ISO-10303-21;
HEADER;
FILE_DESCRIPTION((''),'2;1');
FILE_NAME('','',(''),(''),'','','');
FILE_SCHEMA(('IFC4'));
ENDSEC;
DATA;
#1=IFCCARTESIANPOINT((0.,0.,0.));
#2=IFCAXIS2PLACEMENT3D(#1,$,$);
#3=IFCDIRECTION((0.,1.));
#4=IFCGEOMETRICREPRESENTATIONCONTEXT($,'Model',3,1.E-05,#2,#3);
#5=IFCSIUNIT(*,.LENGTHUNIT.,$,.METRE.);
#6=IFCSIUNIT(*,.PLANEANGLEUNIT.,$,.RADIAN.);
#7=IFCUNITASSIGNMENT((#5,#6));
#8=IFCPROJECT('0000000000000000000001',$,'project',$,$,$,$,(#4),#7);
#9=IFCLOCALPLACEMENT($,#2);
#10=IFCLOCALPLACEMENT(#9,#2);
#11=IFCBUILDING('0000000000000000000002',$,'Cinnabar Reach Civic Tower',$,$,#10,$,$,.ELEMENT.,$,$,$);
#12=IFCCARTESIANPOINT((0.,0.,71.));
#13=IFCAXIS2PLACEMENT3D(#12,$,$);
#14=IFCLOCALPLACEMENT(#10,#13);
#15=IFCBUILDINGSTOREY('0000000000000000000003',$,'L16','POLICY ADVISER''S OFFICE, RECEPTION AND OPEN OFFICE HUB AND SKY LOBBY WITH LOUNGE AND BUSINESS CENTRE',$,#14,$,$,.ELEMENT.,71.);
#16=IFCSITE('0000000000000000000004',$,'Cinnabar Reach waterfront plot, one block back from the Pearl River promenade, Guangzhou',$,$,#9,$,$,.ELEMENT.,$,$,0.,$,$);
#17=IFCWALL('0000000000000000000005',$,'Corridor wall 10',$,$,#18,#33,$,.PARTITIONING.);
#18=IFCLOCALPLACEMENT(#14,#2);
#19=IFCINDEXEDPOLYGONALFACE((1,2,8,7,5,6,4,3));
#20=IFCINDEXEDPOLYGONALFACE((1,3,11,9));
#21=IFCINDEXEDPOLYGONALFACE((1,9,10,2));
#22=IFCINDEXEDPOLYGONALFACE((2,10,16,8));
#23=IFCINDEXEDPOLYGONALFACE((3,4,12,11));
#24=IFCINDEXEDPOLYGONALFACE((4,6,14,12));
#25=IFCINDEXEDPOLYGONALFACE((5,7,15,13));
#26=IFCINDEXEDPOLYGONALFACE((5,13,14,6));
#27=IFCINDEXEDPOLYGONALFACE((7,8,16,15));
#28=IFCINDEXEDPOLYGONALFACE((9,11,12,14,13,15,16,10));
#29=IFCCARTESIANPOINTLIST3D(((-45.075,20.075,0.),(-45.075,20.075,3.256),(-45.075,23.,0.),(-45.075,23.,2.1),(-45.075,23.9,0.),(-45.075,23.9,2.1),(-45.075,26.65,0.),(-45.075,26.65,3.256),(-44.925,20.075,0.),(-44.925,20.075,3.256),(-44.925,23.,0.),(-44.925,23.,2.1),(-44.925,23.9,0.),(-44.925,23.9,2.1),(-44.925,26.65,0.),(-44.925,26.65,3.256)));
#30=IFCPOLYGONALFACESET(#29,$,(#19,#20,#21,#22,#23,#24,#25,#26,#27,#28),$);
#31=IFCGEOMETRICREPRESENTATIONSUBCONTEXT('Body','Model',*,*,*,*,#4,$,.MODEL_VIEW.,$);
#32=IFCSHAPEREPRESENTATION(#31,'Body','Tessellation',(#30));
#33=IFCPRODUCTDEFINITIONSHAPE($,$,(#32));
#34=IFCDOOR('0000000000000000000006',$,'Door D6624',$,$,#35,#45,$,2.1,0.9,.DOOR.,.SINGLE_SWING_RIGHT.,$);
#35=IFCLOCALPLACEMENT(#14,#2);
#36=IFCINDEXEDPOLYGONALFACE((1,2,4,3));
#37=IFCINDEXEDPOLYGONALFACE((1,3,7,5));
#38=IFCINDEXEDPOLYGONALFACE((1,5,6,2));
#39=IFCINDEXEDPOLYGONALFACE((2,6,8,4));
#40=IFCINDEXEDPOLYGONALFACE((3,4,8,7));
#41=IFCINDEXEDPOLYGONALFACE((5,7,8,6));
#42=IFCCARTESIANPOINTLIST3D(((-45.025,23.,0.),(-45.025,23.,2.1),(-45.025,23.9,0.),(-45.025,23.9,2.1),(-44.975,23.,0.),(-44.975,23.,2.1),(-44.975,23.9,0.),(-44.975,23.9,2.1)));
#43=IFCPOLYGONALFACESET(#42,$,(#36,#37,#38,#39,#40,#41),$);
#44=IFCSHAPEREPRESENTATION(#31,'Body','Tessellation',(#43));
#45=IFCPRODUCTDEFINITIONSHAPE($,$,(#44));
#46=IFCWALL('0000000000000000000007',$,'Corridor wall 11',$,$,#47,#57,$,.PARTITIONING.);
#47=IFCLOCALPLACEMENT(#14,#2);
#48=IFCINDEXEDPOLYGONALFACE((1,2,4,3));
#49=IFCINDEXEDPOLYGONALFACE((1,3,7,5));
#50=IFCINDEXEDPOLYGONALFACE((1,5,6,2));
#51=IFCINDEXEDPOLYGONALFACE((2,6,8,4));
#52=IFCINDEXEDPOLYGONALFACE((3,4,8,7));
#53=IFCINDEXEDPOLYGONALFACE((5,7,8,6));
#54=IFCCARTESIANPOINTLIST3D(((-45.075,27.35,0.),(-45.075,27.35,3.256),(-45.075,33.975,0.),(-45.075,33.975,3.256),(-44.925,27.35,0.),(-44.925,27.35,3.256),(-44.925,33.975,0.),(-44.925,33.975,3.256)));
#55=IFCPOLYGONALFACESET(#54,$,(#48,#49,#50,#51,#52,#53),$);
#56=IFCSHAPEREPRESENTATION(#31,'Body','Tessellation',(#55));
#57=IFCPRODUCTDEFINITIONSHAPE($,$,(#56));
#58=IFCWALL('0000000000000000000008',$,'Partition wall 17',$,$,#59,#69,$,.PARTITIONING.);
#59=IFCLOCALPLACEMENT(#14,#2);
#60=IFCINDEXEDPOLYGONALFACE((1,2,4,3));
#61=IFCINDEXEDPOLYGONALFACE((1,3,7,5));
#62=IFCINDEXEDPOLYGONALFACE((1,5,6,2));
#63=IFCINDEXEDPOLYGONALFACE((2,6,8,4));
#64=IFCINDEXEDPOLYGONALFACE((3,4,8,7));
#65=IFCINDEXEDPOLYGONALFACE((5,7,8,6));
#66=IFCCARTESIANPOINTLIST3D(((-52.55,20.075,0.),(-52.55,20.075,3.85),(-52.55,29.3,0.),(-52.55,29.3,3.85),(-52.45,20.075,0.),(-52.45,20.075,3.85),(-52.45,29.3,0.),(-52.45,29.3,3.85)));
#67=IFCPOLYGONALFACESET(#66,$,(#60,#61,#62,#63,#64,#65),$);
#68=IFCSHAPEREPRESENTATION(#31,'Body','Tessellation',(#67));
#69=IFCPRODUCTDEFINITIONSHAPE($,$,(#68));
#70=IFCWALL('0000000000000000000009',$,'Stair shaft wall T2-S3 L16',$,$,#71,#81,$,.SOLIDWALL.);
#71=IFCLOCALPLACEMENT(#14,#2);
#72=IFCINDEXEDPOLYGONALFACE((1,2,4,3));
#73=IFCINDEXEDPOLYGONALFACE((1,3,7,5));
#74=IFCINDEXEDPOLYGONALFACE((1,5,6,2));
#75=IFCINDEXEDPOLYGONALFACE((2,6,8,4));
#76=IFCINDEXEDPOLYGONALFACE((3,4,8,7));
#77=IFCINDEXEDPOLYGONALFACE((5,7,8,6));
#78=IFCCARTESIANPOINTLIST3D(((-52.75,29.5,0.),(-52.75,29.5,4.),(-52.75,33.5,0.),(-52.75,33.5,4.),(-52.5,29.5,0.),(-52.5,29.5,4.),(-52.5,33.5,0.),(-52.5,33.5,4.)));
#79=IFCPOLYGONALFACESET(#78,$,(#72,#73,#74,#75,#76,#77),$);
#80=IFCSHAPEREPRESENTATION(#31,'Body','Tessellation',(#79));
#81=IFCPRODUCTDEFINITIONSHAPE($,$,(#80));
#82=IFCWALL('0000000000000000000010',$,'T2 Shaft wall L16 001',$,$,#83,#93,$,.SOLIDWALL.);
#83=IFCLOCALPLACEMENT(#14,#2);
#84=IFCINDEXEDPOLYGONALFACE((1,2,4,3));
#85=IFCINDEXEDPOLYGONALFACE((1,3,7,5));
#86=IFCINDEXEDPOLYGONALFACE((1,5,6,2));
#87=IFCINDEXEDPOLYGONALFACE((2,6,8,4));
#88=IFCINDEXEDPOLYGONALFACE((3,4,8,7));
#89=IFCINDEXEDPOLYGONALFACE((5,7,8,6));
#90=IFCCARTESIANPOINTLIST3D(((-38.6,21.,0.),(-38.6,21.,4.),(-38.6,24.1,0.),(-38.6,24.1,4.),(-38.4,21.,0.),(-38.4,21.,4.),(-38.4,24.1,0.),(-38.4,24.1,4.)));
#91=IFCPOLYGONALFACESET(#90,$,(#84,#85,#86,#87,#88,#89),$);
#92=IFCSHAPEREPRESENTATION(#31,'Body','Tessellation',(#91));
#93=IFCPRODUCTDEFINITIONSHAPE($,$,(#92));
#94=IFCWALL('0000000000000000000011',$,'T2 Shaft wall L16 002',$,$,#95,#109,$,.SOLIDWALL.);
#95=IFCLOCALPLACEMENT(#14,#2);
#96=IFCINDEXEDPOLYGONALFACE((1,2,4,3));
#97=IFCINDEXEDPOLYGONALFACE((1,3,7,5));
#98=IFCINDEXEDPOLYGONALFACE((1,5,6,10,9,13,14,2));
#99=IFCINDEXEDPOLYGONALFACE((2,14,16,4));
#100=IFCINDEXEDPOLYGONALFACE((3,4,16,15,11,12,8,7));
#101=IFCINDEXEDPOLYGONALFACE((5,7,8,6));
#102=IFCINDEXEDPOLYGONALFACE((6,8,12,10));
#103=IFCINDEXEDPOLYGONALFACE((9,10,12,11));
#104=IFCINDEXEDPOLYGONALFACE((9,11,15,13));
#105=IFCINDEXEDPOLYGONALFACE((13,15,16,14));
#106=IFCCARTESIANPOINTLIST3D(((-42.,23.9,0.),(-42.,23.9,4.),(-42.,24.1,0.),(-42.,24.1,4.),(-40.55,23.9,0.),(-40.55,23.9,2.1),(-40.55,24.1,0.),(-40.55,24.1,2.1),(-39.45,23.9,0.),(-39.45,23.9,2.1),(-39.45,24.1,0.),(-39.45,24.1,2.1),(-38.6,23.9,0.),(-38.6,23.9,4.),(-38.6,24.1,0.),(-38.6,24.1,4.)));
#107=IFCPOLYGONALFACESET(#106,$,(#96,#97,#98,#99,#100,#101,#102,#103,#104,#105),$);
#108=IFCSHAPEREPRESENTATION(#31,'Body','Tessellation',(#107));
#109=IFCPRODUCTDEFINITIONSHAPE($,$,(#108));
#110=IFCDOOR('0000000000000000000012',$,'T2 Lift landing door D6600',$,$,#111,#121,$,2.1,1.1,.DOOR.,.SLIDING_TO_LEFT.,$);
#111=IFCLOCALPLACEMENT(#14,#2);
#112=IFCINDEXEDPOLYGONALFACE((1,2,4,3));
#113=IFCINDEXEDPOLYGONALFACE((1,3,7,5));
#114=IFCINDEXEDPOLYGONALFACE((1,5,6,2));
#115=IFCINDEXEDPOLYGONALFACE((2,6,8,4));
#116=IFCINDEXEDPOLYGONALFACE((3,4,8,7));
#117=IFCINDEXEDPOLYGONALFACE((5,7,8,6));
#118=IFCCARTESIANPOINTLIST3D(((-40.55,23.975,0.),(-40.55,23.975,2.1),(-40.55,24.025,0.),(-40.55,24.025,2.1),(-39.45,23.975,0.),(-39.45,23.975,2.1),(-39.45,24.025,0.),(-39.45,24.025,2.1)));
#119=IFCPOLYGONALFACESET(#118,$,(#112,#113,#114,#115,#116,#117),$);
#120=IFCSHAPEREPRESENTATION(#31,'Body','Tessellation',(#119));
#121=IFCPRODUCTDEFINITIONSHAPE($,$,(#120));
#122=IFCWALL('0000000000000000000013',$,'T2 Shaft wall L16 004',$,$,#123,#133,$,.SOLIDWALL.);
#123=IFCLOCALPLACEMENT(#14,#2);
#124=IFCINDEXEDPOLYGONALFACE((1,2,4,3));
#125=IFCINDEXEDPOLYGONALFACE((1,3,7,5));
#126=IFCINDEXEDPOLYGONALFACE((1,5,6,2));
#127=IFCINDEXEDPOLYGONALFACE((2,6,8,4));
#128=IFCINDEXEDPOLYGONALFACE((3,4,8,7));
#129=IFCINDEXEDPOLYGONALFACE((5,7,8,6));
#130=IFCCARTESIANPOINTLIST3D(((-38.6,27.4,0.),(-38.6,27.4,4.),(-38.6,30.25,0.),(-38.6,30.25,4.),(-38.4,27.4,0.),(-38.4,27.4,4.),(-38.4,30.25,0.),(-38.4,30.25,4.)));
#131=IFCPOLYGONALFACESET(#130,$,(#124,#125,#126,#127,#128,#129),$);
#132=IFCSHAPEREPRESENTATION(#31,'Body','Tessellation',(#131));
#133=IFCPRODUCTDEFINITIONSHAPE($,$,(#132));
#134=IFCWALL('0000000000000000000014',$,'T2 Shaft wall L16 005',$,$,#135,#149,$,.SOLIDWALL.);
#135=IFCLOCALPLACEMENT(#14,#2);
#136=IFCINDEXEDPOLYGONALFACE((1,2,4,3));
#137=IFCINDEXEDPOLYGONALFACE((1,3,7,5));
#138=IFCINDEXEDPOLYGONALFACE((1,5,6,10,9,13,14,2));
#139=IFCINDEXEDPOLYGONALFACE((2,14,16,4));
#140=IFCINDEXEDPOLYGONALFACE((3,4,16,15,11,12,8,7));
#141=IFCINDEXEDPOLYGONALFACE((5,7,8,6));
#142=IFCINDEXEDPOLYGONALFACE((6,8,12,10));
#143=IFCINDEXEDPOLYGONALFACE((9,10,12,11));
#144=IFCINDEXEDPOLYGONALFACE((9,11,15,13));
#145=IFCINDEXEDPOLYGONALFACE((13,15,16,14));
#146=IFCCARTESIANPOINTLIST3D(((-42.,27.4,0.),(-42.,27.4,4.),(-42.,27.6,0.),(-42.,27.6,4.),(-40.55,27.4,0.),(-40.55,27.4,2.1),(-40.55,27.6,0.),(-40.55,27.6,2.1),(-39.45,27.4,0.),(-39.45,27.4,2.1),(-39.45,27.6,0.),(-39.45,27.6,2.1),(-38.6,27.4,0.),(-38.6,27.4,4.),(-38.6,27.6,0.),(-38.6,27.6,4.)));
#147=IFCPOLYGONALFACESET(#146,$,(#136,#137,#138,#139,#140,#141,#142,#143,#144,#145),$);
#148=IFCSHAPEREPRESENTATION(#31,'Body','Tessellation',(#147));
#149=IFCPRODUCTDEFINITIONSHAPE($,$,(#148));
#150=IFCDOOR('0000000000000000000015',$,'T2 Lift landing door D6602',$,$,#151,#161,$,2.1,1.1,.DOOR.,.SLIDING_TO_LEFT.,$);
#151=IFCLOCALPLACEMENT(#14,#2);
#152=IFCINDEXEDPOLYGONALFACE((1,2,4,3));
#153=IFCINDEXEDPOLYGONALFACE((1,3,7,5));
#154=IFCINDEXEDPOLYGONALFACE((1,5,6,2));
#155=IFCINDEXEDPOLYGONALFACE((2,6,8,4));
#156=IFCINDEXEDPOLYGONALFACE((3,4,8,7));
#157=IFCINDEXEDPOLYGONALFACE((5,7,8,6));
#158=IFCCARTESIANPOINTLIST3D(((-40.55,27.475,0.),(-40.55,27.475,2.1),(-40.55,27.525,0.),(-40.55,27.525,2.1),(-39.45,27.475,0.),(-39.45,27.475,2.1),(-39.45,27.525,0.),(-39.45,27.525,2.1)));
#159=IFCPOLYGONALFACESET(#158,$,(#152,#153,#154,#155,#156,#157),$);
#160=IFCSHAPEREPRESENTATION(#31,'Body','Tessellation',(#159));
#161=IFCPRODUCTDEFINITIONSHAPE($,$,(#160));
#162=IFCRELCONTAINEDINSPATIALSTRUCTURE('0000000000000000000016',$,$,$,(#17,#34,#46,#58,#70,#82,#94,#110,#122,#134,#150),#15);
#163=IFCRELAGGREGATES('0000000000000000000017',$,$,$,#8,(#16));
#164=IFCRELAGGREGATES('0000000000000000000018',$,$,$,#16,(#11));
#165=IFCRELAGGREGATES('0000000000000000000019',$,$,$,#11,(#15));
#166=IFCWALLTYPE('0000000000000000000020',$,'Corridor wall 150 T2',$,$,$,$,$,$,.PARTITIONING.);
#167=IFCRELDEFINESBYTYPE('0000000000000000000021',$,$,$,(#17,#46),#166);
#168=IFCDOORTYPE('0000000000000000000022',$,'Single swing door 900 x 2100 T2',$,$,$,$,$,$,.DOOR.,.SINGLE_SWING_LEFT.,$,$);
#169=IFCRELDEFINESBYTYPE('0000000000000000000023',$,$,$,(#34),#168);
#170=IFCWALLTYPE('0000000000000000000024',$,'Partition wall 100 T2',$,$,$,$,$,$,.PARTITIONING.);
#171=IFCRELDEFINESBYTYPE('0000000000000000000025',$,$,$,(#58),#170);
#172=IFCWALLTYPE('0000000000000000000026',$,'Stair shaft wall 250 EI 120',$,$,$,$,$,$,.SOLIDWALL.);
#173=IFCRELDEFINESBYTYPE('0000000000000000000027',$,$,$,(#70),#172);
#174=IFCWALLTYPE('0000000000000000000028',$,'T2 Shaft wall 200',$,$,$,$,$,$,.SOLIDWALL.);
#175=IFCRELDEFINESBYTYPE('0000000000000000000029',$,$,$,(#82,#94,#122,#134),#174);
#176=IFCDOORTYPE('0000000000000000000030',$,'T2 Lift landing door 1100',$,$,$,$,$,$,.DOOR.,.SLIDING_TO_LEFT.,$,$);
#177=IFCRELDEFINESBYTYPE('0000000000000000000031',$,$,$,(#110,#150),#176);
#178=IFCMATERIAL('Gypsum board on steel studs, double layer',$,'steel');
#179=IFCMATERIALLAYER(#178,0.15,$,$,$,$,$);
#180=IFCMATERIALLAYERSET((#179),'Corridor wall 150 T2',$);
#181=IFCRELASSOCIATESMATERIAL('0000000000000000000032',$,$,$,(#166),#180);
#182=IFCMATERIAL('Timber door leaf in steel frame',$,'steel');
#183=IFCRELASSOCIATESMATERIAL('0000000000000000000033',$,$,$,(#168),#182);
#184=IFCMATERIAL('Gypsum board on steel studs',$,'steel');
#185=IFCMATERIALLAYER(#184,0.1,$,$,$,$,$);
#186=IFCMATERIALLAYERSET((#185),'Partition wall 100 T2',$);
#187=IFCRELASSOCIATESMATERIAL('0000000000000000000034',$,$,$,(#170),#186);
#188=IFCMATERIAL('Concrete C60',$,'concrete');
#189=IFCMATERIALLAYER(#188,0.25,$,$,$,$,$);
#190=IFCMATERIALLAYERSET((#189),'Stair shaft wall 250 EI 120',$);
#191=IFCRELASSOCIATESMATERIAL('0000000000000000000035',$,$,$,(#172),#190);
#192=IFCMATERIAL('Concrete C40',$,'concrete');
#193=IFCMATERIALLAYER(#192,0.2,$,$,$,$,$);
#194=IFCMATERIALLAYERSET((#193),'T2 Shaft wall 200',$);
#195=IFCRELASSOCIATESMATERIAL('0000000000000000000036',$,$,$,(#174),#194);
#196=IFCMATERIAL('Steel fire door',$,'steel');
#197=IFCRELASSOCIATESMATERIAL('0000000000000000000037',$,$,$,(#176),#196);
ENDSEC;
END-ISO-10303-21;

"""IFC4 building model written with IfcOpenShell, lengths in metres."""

from ifc_helpers import new_model, si_unit, direction, frame, frame_2d, origin, place, context, subcontext, project, spatial, rectangle, extrude, material, layer, layer_set, type_object, element, fill, save


model = new_model("IFC4")

# Units and contexts
model_context = context("Model", 3, precision=1e-05, world=origin(), true_north=direction((0.0, 1.0)))
body_context = subcontext(model_context, "Body", "Model", "MODEL_VIEW")
ifc_project = project(units=[si_unit("LENGTHUNIT", "METRE"), si_unit("PLANEANGLEUNIT", "RADIAN")], contexts=[model_context])

# Site, building, storey
site_placement = place(None, origin())
site = spatial("IfcSite", under=ifc_project, at=site_placement, Name="Cinnabar Reach waterfront plot, one block back from the Pearl River promenade, Guangzhou", CompositionType="ELEMENT", RefElevation=0.0)
building_placement = place(site_placement, origin())
building = spatial("IfcBuilding", under=site, at=building_placement, Name="Cinnabar Reach Civic Tower", CompositionType="ELEMENT")
storey_placement = place(building_placement, frame((0.0, 0.0, 71.0)))
storey = spatial("IfcBuildingStorey", under=building, at=storey_placement, Name="L16", Description="POLICY ADVISER'S OFFICE, RECEPTION AND OPEN OFFICE HUB AND SKY LOBBY WITH LOUNGE AND BUSINESS CENTRE", CompositionType="ELEMENT", Elevation=71.0)

# Shared definitions
ifc_material_1 = material(Name="Concrete C60", Category="concrete")

# Wall, opening, door
ifc_material_2 = material(Name="Gypsum board on steel studs, double layer", Category="steel")
ifc_layer_1 = layer(ifc_material_2, 0.15)
ifc_layer_set_1 = layer_set([ifc_layer_1], Name="Corridor wall 150 T2")
wall_type_1 = type_object("IfcWallType", Name="Corridor wall 150 T2", PredefinedType="PARTITIONING", material=ifc_layer_set_1)
ifc_material_3 = material(Name="Timber door leaf in steel frame", Category="steel")
door_type_1 = type_object("IfcDoorType", Name="Single swing door 900 x 2100 T2", OperationType="SINGLE_SWING_LEFT", PredefinedType="DOOR", material=ifc_material_3)
wall_1_placement = place(storey_placement, frame((-45.0, 20.075, 0.0), z_axis=(0.0, 0.0, 1.0), x_axis=(0.0, 1.0, 0.0)))
wall_1 = element("IfcWall", 1, at=wall_1_placement, inside=storey, type_object=wall_type_1, Name="Corridor wall 10", PredefinedType="PARTITIONING", context=body_context, shape_type="SweptSolid", body=[
    extrude(rectangle(XDim=6.575, YDim=0.15, at=frame_2d((3.2875, 0.0))), origin(), (0.0, 0.0, 1.0), 3.256),
])
opening_1_placement = place(wall_1_placement, frame((2.925, 0.0, 0.0)))
opening_1 = element("IfcOpeningElement", 2, at=opening_1_placement, cuts=wall_1, PredefinedType="OPENING", context=body_context, shape_type="SweptSolid", body=[
    extrude(rectangle(XDim=0.9, YDim=2.1, at=frame_2d((0.45, 1.05))), frame((0.0, 0.085, 0.0), z_axis=(0.0, -1.0, 0.0), x_axis=(1.0, 0.0, 0.0)), (0.0, 0.0, 1.0), 0.17),
])
door_1_placement = place(opening_1_placement, origin())
door_1 = element("IfcDoor", 3, at=door_1_placement, inside=storey, type_object=door_type_1, Name="Door D6624", OperationType="SINGLE_SWING_RIGHT", OverallHeight=2.1, OverallWidth=0.9, PredefinedType="DOOR", context=body_context, shape_type="SweptSolid", body=[
    extrude(rectangle(XDim=0.9, YDim=2.1, at=frame_2d((0.45, 1.05))), frame((0.0, 0.025, 0.0), z_axis=(0.0, -1.0, 0.0), x_axis=(1.0, 0.0, 0.0)), (0.0, 0.0, 1.0), 0.05),
])
fill(opening_1, door_1)

# Walls
wall_2_placement = place(storey_placement, frame((-45.0, 27.35, 0.0), z_axis=(0.0, 0.0, 1.0), x_axis=(0.0, 1.0, 0.0)))
element("IfcWall", 4, at=wall_2_placement, inside=storey, type_object=wall_type_1, Name="Corridor wall 11", PredefinedType="PARTITIONING", context=body_context, shape_type="SweptSolid", body=[
    extrude(rectangle(XDim=6.625, YDim=0.15, at=frame_2d((3.3125, 0.0))), origin(), (0.0, 0.0, 1.0), 3.256),
])
ifc_material_4 = material(Name="Gypsum board on steel studs", Category="steel")
ifc_layer_2 = layer(ifc_material_4, 0.1)
ifc_layer_set_2 = layer_set([ifc_layer_2], Name="Partition wall 100 T2")
wall_type_2 = type_object("IfcWallType", Name="Partition wall 100 T2", PredefinedType="PARTITIONING", material=ifc_layer_set_2)
wall_3_placement = place(storey_placement, frame((-52.5, 20.075, 0.0), z_axis=(0.0, 0.0, 1.0), x_axis=(0.0, 1.0, 0.0)))
element("IfcWall", 5, at=wall_3_placement, inside=storey, type_object=wall_type_2, Name="Partition wall 17", PredefinedType="PARTITIONING", context=body_context, shape_type="SweptSolid", body=[
    extrude(rectangle(XDim=9.225, YDim=0.1, at=frame_2d((4.6125, 0.0))), origin(), (0.0, 0.0, 1.0), 3.85),
])
ifc_layer_3 = layer(ifc_material_1, 0.25)
ifc_layer_set_3 = layer_set([ifc_layer_3], Name="Stair shaft wall 250 EI 120")
wall_type_3 = type_object("IfcWallType", Name="Stair shaft wall 250 EI 120", PredefinedType="SOLIDWALL", material=ifc_layer_set_3)
wall_4_placement = place(storey_placement, frame((-52.625, 29.5, 0.0), z_axis=(0.0, 0.0, 1.0), x_axis=(0.0, 1.0, 0.0)))
element("IfcWall", 6, at=wall_4_placement, inside=storey, type_object=wall_type_3, Name="Stair shaft wall T2-S3 L16", PredefinedType="SOLIDWALL", context=body_context, shape_type="SweptSolid", body=[
    extrude(rectangle(XDim=4.0, YDim=0.25, at=frame_2d((2.0, 0.0))), origin(), (0.0, 0.0, 1.0), 4.0),
])
ifc_material_5 = material(Name="Concrete C40", Category="concrete")
ifc_layer_4 = layer(ifc_material_5, 0.2)
ifc_layer_set_4 = layer_set([ifc_layer_4], Name="T2 Shaft wall 200")
wall_type_4 = type_object("IfcWallType", Name="T2 Shaft wall 200", PredefinedType="SOLIDWALL", material=ifc_layer_set_4)
wall_5_placement = place(storey_placement, frame((-38.5, 21.0, 0.0), z_axis=(0.0, 0.0, 1.0), x_axis=(0.0, 1.0, 0.0)))
element("IfcWall", 7, at=wall_5_placement, inside=storey, type_object=wall_type_4, Name="T2 Shaft wall L16 001", PredefinedType="SOLIDWALL", context=body_context, shape_type="SweptSolid", body=[
    extrude(rectangle(XDim=3.1, YDim=0.2, at=frame_2d((1.55, 0.0))), origin(), (0.0, 0.0, 1.0), 4.0),
])

# Wall, opening, door
wall_6_placement = place(storey_placement, frame((-38.6, 24.0, 0.0), z_axis=(0.0, 0.0, 1.0), x_axis=(-1.0, 0.0, 0.0)))
wall_6 = element("IfcWall", 8, at=wall_6_placement, inside=storey, type_object=wall_type_4, Name="T2 Shaft wall L16 002", PredefinedType="SOLIDWALL", context=body_context, shape_type="SweptSolid", body=[
    extrude(rectangle(XDim=3.4, YDim=0.2, at=frame_2d((1.7, 0.0))), origin(), (0.0, 0.0, 1.0), 4.0),
])
opening_2_placement = place(wall_6_placement, frame((0.85, 0.0, 0.0)))
opening_2 = element("IfcOpeningElement", 9, at=opening_2_placement, cuts=wall_6, PredefinedType="OPENING", context=body_context, shape_type="SweptSolid", body=[
    extrude(rectangle(XDim=1.1, YDim=2.1, at=frame_2d((0.55, 1.05))), frame((0.0, 0.11, 0.0), z_axis=(0.0, -1.0, 0.0), x_axis=(1.0, 0.0, 0.0)), (0.0, 0.0, 1.0), 0.22),
])
ifc_material_6 = material(Name="Steel fire door", Category="steel")
door_type_2 = type_object("IfcDoorType", Name="T2 Lift landing door 1100", OperationType="SLIDING_TO_LEFT", PredefinedType="DOOR", material=ifc_material_6)
door_2_placement = place(opening_2_placement, origin())
door_2 = element("IfcDoor", 10, at=door_2_placement, inside=storey, type_object=door_type_2, Name="T2 Lift landing door D6600", OperationType="SLIDING_TO_LEFT", OverallHeight=2.1, OverallWidth=1.1, PredefinedType="DOOR", context=body_context, shape_type="SweptSolid", body=[
    extrude(rectangle(XDim=1.1, YDim=2.1, at=frame_2d((0.55, 1.05))), frame((0.0, 0.025, 0.0), z_axis=(0.0, -1.0, 0.0), x_axis=(1.0, 0.0, 0.0)), (0.0, 0.0, 1.0), 0.05),
])
fill(opening_2, door_2)

# Wall
wall_7_placement = place(storey_placement, frame((-38.5, 27.4, 0.0), z_axis=(0.0, 0.0, 1.0), x_axis=(0.0, 1.0, 0.0)))
element("IfcWall", 11, at=wall_7_placement, inside=storey, type_object=wall_type_4, Name="T2 Shaft wall L16 004", PredefinedType="SOLIDWALL", context=body_context, shape_type="SweptSolid", body=[
    extrude(rectangle(XDim=2.85, YDim=0.2, at=frame_2d((1.425, 0.0))), origin(), (0.0, 0.0, 1.0), 4.0),
])

# Wall, opening, door
wall_8_placement = place(storey_placement, frame((-42.0, 27.5, 0.0), z_axis=(0.0, 0.0, 1.0), x_axis=(1.0, 0.0, 0.0)))
wall_8 = element("IfcWall", 12, at=wall_8_placement, inside=storey, type_object=wall_type_4, Name="T2 Shaft wall L16 005", PredefinedType="SOLIDWALL", context=body_context, shape_type="SweptSolid", body=[
    extrude(rectangle(XDim=3.4, YDim=0.2, at=frame_2d((1.7, 0.0))), origin(), (0.0, 0.0, 1.0), 4.0),
])
opening_3_placement = place(wall_8_placement, frame((1.45, 0.0, 0.0)))
opening_3 = element("IfcOpeningElement", 13, at=opening_3_placement, cuts=wall_8, PredefinedType="OPENING", context=body_context, shape_type="SweptSolid", body=[
    extrude(rectangle(XDim=1.1, YDim=2.1, at=frame_2d((0.55, 1.05))), frame((0.0, 0.11, 0.0), z_axis=(0.0, -1.0, 0.0), x_axis=(1.0, 0.0, 0.0)), (0.0, 0.0, 1.0), 0.22),
])
door_3_placement = place(opening_3_placement, origin())
door_3 = element("IfcDoor", 14, at=door_3_placement, inside=storey, type_object=door_type_2, Name="T2 Lift landing door D6602", OperationType="SLIDING_TO_LEFT", OverallHeight=2.1, OverallWidth=1.1, PredefinedType="DOOR", context=body_context, shape_type="SweptSolid", body=[
    extrude(rectangle(XDim=1.1, YDim=2.1, at=frame_2d((0.55, 1.05))), frame((0.0, 0.025, 0.0), z_axis=(0.0, -1.0, 0.0), x_axis=(1.0, 0.0, 0.0)), (0.0, 0.0, 1.0), 0.05),
])
fill(opening_3, door_3)

save(model, "model.ifc")
